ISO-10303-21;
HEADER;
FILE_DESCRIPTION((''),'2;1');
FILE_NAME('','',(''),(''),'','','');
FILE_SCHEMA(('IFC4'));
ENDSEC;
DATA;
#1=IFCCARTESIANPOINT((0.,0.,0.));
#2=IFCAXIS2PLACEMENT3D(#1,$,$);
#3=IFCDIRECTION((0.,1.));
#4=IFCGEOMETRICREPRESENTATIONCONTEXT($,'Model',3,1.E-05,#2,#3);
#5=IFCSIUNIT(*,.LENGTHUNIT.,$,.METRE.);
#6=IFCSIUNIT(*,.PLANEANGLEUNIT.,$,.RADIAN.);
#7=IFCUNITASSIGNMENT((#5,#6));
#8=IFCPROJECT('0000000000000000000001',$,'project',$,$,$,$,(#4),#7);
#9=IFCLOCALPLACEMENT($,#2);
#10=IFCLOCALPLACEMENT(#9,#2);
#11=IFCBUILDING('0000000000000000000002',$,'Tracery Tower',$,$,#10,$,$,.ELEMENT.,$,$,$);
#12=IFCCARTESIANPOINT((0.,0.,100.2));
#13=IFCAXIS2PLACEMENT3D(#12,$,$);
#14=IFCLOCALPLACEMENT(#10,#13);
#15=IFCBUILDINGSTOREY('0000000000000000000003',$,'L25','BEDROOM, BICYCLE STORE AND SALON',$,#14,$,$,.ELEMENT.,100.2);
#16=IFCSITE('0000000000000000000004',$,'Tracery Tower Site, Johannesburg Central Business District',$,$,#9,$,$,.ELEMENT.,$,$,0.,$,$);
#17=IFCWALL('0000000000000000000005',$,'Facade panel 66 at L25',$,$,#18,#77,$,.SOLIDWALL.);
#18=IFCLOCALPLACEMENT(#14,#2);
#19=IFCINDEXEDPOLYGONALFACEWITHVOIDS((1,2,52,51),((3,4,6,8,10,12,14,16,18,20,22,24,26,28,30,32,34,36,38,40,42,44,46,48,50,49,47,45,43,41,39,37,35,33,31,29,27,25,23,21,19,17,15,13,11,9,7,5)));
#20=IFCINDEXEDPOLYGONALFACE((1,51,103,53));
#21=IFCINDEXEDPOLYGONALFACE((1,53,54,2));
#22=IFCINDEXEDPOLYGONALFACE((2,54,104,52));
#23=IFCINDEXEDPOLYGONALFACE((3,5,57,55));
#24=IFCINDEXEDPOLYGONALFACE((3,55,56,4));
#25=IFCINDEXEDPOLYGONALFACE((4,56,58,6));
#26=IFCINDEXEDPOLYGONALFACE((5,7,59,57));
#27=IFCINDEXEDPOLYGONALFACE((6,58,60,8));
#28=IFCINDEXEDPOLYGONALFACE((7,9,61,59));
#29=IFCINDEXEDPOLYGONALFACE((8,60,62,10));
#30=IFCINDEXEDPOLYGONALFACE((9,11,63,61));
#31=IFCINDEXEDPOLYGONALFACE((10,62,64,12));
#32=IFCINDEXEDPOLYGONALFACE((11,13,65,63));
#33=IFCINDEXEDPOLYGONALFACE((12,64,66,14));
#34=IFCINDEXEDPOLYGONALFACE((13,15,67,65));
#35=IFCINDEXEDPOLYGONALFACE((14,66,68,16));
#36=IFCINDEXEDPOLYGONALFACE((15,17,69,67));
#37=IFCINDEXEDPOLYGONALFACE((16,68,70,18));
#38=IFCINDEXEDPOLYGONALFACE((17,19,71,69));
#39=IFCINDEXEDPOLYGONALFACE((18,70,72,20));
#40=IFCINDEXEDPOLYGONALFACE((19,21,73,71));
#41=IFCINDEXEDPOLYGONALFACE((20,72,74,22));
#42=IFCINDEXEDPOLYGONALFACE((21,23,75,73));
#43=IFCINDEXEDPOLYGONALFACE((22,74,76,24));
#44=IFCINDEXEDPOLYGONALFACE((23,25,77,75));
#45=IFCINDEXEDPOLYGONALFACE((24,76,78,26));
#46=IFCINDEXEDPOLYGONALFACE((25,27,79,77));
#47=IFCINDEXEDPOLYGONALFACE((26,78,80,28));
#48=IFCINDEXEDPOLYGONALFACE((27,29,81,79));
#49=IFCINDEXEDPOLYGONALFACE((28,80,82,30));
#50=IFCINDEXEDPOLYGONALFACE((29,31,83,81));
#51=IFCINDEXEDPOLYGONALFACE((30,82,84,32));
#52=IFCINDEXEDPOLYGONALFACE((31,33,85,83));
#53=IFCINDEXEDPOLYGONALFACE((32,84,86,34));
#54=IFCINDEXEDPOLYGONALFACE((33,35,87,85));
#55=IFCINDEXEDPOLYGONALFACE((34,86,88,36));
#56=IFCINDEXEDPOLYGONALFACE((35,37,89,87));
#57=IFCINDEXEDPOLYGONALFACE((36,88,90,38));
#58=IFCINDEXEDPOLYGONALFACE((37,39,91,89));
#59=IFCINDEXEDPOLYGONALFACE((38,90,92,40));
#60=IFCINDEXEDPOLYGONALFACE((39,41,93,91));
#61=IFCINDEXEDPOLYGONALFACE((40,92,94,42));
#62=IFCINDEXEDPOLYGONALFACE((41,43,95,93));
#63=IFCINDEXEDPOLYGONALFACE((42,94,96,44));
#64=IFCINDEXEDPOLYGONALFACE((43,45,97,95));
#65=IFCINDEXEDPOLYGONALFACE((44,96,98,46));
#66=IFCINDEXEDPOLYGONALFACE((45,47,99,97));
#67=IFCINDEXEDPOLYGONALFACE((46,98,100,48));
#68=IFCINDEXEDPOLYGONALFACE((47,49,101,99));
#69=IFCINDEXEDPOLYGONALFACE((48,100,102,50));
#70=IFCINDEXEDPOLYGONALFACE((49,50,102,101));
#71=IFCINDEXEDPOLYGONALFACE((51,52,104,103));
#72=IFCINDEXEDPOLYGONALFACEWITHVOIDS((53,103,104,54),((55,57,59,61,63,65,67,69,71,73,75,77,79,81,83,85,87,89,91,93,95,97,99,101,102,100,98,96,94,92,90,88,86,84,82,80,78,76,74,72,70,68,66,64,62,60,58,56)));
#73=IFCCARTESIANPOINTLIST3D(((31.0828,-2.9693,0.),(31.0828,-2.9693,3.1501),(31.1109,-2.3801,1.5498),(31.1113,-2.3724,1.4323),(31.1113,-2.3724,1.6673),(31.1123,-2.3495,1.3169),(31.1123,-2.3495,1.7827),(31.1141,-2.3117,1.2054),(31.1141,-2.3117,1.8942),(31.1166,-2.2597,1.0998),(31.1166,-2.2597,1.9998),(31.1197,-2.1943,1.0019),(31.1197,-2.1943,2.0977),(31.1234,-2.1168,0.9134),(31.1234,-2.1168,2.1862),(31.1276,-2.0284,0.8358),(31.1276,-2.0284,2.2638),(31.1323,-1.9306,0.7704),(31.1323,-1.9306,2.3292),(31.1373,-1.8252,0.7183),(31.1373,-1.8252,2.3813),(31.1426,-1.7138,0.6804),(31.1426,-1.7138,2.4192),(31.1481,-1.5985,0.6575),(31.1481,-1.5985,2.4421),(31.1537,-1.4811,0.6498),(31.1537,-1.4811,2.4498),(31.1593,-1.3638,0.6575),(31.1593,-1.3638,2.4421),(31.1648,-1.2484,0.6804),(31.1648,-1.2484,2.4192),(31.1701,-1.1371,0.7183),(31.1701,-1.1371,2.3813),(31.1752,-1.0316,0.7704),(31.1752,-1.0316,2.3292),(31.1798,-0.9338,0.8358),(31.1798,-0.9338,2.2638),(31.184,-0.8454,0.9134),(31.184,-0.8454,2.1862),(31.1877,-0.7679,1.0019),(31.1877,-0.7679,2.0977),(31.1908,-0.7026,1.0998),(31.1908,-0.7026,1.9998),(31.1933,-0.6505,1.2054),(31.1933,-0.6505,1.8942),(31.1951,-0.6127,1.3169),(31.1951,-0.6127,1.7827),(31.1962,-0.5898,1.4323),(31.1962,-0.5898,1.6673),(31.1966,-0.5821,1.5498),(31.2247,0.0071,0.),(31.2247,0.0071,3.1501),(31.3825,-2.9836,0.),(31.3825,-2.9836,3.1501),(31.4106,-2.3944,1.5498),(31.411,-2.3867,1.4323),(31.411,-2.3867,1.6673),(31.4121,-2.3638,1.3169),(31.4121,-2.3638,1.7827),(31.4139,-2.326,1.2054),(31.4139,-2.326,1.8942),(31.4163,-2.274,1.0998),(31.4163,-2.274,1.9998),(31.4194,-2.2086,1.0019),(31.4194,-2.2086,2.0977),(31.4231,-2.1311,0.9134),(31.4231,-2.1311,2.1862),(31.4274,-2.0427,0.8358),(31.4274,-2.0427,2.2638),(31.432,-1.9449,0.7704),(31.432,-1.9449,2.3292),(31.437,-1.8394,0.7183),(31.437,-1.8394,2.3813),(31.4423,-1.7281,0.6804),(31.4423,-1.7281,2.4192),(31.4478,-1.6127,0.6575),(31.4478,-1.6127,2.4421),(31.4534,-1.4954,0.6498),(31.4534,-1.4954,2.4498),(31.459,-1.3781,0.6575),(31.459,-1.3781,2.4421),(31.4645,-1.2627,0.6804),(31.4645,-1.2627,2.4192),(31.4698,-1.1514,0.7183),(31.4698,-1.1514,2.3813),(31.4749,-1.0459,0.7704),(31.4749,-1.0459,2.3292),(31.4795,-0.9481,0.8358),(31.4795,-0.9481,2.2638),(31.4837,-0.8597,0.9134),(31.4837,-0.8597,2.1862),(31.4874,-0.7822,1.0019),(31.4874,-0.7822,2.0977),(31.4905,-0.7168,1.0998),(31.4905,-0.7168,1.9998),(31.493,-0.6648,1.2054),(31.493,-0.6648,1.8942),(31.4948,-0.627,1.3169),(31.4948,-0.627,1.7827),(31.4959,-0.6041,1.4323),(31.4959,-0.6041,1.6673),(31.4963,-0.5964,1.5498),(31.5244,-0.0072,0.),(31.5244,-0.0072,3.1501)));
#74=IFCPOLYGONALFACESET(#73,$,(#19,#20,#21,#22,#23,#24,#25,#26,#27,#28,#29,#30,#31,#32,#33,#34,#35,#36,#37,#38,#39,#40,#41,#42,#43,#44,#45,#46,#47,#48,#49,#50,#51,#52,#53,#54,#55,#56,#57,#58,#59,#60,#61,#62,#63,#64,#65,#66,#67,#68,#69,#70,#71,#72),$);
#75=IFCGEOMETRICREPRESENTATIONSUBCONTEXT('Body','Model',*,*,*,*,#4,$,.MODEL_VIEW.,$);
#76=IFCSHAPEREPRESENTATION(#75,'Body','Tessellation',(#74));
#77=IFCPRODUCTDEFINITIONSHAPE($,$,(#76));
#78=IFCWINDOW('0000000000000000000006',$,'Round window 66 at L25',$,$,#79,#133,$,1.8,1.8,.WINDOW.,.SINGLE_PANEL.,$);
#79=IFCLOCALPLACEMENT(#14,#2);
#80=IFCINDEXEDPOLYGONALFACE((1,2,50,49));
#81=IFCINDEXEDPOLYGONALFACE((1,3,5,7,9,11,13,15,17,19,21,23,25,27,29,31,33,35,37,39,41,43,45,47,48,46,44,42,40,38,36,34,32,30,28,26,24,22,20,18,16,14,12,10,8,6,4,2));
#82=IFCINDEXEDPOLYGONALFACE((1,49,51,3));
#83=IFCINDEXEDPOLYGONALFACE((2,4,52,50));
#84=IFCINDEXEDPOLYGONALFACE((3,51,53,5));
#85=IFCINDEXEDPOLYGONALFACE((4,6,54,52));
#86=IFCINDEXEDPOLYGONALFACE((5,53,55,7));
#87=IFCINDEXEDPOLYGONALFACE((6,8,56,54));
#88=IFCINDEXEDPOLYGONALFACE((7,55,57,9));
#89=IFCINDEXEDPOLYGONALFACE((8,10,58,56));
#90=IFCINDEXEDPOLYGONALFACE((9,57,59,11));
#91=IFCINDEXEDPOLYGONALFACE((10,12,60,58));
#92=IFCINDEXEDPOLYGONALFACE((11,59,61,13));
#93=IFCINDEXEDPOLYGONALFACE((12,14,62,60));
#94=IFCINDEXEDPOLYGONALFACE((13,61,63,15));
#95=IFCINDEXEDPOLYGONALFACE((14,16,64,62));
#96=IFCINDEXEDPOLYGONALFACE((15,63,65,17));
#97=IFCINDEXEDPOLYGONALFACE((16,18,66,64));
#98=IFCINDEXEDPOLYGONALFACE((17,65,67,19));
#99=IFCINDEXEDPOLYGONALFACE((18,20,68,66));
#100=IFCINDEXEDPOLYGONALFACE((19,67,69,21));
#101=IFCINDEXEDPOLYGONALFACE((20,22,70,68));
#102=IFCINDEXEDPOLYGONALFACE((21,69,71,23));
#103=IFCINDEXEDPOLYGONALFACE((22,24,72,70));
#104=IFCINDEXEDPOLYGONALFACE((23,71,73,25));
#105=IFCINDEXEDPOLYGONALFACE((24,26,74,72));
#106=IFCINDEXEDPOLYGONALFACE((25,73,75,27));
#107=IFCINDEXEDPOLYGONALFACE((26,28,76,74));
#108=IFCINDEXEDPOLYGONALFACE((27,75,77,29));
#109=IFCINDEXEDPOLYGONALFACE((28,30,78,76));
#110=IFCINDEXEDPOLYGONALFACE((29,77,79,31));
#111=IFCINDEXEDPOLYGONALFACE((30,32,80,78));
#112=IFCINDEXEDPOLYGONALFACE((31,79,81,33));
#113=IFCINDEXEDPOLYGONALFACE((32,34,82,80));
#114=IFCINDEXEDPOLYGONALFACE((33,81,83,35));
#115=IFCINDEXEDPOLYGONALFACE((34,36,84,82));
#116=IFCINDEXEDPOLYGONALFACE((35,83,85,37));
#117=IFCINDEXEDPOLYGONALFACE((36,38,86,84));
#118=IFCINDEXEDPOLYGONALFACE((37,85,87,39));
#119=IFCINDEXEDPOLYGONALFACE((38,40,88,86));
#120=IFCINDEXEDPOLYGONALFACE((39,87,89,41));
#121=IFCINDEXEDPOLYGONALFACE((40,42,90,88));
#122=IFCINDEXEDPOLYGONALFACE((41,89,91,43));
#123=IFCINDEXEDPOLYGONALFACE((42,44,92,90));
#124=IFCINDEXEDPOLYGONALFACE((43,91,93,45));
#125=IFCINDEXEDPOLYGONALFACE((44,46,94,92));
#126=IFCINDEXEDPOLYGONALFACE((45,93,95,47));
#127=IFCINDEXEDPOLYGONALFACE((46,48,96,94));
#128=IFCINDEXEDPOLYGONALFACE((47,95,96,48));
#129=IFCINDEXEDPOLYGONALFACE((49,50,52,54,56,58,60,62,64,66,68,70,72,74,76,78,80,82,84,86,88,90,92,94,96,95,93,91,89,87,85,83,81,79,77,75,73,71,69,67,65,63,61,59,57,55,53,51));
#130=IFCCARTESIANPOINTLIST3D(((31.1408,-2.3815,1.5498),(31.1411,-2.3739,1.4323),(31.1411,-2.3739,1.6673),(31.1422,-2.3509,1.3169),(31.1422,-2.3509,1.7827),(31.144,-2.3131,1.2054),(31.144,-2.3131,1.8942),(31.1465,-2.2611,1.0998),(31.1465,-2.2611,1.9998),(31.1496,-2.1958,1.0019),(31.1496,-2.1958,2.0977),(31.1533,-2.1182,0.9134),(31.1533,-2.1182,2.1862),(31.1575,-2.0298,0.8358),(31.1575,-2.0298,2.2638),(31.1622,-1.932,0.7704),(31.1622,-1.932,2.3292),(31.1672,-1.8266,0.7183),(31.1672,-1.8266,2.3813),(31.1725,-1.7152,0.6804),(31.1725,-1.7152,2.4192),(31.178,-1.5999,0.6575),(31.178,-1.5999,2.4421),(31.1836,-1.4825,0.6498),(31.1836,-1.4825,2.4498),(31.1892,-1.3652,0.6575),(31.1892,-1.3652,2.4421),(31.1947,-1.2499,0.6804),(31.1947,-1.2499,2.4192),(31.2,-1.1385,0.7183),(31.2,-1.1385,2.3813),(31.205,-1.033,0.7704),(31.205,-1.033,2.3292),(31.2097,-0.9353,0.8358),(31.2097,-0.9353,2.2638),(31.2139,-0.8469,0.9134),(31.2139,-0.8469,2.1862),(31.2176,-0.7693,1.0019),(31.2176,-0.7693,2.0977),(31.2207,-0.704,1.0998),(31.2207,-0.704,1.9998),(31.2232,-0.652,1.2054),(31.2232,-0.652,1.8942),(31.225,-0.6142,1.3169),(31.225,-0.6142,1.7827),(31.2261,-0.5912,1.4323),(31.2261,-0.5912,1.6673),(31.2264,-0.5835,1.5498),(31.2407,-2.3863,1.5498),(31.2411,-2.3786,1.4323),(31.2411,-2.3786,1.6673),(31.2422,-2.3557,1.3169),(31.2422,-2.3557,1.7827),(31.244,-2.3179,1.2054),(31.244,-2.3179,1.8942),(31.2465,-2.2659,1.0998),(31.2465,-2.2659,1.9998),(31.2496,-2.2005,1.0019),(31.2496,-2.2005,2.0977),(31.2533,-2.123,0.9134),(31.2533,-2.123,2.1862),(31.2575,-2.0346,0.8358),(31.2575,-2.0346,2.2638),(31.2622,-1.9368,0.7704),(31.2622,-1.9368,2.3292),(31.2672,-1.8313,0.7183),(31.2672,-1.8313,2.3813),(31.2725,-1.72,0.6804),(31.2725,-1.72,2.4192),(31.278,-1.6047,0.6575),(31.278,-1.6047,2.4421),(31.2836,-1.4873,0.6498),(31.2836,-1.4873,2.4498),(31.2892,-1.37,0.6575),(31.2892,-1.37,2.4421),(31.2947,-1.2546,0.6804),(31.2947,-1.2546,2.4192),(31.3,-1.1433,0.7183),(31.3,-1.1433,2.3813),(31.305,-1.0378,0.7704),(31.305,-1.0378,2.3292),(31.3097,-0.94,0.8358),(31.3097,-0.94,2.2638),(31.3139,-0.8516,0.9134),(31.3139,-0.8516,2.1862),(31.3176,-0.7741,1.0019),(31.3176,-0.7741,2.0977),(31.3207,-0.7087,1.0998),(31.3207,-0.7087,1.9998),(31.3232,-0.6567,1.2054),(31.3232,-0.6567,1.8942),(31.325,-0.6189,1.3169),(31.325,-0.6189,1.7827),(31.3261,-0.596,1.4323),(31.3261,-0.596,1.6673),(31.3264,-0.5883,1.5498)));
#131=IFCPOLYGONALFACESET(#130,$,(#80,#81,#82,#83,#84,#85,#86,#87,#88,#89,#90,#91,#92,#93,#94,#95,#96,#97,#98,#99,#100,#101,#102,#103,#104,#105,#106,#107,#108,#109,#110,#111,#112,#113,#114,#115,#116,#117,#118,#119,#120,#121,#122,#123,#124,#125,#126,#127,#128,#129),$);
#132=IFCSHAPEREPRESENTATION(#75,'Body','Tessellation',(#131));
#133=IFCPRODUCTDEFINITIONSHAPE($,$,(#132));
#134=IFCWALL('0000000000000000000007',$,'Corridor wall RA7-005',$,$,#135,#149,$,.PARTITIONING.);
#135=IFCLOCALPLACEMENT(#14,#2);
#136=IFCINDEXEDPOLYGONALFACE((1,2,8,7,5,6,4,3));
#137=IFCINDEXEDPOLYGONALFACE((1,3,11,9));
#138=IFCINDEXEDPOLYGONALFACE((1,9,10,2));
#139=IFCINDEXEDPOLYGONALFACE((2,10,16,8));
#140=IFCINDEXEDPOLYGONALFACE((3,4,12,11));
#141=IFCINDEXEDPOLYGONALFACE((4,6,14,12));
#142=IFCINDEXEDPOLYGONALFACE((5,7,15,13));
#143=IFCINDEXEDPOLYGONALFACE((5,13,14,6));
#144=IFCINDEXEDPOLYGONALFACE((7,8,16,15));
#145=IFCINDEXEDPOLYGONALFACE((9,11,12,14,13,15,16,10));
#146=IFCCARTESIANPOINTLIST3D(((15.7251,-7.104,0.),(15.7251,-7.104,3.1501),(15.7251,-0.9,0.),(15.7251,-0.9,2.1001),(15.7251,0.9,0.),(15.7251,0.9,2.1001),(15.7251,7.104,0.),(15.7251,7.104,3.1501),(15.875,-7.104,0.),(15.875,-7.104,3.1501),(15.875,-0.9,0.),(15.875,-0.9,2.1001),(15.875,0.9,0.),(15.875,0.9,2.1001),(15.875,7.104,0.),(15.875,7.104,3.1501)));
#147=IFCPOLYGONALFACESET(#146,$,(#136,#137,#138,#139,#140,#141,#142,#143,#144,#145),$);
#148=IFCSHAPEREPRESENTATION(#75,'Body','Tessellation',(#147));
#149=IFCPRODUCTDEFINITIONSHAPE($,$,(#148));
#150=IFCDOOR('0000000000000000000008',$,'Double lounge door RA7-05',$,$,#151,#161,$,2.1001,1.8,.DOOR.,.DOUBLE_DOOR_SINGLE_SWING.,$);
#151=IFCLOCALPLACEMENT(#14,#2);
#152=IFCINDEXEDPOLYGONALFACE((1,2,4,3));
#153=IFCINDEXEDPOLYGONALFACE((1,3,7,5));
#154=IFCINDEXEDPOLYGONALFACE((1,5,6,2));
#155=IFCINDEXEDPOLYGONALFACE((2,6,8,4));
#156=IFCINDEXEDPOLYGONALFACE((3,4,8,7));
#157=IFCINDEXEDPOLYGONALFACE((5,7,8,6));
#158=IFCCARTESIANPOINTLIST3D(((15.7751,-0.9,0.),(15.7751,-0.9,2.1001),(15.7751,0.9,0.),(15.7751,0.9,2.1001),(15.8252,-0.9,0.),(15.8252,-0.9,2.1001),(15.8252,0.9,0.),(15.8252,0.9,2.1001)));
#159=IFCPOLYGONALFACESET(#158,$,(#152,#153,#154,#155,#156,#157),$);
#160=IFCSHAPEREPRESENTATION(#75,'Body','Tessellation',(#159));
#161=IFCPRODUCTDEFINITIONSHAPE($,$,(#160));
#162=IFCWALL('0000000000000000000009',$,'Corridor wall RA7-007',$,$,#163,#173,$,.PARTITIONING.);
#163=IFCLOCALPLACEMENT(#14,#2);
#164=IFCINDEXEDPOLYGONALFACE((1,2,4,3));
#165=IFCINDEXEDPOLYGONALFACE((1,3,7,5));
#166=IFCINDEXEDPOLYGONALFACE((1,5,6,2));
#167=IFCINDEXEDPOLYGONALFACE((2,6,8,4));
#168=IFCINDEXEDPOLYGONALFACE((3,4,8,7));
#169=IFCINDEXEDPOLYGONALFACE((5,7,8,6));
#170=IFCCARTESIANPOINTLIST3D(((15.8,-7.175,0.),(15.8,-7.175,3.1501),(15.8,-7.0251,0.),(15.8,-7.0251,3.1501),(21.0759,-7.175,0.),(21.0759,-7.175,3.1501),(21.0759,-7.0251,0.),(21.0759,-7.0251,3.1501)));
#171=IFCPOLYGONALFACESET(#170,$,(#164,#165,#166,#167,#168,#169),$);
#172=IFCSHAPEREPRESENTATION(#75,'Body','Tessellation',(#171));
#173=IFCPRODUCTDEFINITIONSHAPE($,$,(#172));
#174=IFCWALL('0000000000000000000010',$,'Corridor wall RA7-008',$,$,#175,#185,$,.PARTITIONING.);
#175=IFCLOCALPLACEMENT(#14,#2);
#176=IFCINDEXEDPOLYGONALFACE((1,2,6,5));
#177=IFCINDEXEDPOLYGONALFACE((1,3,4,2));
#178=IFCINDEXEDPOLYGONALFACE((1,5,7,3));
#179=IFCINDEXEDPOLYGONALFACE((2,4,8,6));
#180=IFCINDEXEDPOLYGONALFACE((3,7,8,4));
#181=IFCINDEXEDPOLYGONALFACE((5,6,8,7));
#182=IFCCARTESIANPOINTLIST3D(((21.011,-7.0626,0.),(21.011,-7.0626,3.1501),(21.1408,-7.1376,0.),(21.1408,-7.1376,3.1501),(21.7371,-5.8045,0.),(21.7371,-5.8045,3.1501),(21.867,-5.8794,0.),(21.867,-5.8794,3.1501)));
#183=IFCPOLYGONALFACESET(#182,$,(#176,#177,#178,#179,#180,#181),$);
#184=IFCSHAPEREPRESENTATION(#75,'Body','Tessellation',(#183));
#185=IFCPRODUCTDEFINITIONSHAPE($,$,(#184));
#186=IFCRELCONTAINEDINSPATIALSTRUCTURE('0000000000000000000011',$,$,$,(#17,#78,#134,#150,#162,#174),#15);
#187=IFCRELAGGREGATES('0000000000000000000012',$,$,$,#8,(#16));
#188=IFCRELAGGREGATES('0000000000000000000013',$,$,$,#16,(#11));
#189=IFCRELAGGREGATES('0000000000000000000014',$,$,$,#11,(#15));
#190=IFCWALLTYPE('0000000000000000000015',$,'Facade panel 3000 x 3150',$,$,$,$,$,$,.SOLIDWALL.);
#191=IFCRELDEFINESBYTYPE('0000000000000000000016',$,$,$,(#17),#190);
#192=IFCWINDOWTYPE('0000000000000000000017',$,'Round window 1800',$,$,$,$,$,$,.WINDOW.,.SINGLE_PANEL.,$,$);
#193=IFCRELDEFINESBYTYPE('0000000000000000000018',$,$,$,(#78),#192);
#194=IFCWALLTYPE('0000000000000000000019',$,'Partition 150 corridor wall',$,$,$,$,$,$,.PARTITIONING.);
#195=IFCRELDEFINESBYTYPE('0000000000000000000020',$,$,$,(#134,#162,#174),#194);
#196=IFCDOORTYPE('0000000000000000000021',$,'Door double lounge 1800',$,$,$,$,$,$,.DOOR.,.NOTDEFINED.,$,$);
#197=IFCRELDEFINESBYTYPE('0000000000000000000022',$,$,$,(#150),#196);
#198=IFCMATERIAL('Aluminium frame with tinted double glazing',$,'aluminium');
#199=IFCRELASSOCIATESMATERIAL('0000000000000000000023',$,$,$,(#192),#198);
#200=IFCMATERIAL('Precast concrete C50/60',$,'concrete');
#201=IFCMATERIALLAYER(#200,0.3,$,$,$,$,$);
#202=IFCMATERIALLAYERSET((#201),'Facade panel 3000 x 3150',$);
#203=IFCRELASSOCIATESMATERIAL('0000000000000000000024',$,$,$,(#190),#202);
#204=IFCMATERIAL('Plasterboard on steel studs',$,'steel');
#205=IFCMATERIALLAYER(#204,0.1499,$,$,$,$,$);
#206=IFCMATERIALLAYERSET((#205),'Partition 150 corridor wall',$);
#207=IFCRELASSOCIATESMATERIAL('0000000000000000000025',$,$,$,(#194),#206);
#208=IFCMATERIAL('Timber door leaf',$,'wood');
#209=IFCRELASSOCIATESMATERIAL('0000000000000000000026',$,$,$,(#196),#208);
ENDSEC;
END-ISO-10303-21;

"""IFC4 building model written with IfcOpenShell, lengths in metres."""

from ifc_helpers import new_model, si_unit, direction, frame, frame_2d, origin, origin_2d, place, context, subcontext, project, spatial, rectangle, circle, extrude, material, layer, layer_set, type_object, element, fill, save


model = new_model("IFC4")

# Units and contexts
model_context = context("Model", 3, precision=1e-05, world=origin(), true_north=direction((0.0, 1.0)))
body_context = subcontext(model_context, "Body", "Model", "MODEL_VIEW")
ifc_project = project(units=[si_unit("LENGTHUNIT", "METRE"), si_unit("PLANEANGLEUNIT", "RADIAN")], contexts=[model_context])

# Site, building, storey
site_placement = place(None, origin())
site = spatial("IfcSite", under=ifc_project, at=site_placement, Name="Tracery Tower Site, Johannesburg Central Business District", CompositionType="ELEMENT", RefElevation=0.0)
building_placement = place(site_placement, origin())
building = spatial("IfcBuilding", under=site, at=building_placement, Name="Tracery Tower", CompositionType="ELEMENT")
storey_placement = place(building_placement, frame((0.0, 0.0, 100.2)))
storey = spatial("IfcBuildingStorey", under=building, at=storey_placement, Name="L25", Description="BEDROOM, BICYCLE STORE AND SALON", CompositionType="ELEMENT", Elevation=100.2)

# Wall, opening, window
ifc_material_1 = material(Name="Aluminium frame with tinted double glazing", Category="aluminium")
window_type = type_object("IfcWindowType", Name="Round window 1800", PartitioningType="SINGLE_PANEL", PredefinedType="WINDOW", material=ifc_material_1)
ifc_material_2 = material(Name="Precast concrete C50/60", Category="concrete")
ifc_layer_1 = layer(ifc_material_2, 0.3)
ifc_layer_set_1 = layer_set([ifc_layer_1], Name="Facade panel 3000 x 3150")
wall_type_1 = type_object("IfcWallType", Name="Facade panel 3000 x 3150", PredefinedType="SOLIDWALL", material=ifc_layer_set_1)
wall_1_placement = place(storey_placement, frame((31.2327, -2.9763, 0.0), z_axis=(0.0, 0.0, 1.0), x_axis=(0.047604, 0.998866, 0.0)))
wall_1 = element("IfcWall", 1, at=wall_1_placement, inside=storey, type_object=wall_type_1, Name="Facade panel 66 at L25", PredefinedType="SOLIDWALL", context=body_context, shape_type="SweptSolid", body=[
    extrude(rectangle(XDim=2.9797, YDim=0.3, at=frame_2d((1.4897, 0.0))), origin(), (0.0, 0.0, 1.0), 3.1501),
])
opening_1_placement = place(wall_1_placement, frame((1.4897, 0.0, 1.5498)))
opening_1 = element("IfcOpeningElement", 2, at=opening_1_placement, cuts=wall_1, PredefinedType="OPENING", context=body_context, shape_type="SweptSolid", body=[
    extrude(circle(Radius=0.9, at=origin_2d()), frame((0.0, 0.1599, 0.0), z_axis=(0.0, -1.0, 0.0), x_axis=(1.0, 0.0, 0.0)), (0.0, 0.0, 1.0), 0.3201),
])
window_1_placement = place(opening_1_placement, origin())
window_1 = element("IfcWindow", 3, at=window_1_placement, inside=storey, type_object=window_type, Name="Round window 66 at L25", OverallHeight=1.8, OverallWidth=1.8, PartitioningType="SINGLE_PANEL", PredefinedType="WINDOW", context=body_context, shape_type="SweptSolid", body=[
    extrude(circle(Radius=0.9, at=origin_2d()), frame((0.0, 0.1201, 0.0), z_axis=(0.0, -1.0, 0.0), x_axis=(1.0, 0.0, 0.0)), (0.0, 0.0, 1.0), 0.1001),
])
fill(opening_1, window_1)

# Wall, opening, door
ifc_material_3 = material(Name="Plasterboard on steel studs", Category="steel")
ifc_layer_2 = layer(ifc_material_3, 0.1499)
ifc_layer_set_2 = layer_set([ifc_layer_2], Name="Partition 150 corridor wall")
wall_type_2 = type_object("IfcWallType", Name="Partition 150 corridor wall", PredefinedType="PARTITIONING", material=ifc_layer_set_2)
wall_2_placement = place(storey_placement, frame((15.8, -7.104, 0.0), z_axis=(0.0, 0.0, 1.0), x_axis=(0.0, 1.0, 0.0)))
wall_2 = element("IfcWall", 4, at=wall_2_placement, inside=storey, type_object=wall_type_2, Name="Corridor wall RA7-005", PredefinedType="PARTITIONING", context=body_context, shape_type="SweptSolid", body=[
    extrude(rectangle(XDim=14.208, YDim=0.1499, at=frame_2d((7.104, 0.0))), origin(), (0.0, 0.0, 1.0), 3.1501),
])
opening_2_placement = place(wall_2_placement, frame((6.2041, 0.0, 0.0)))
opening_2 = element("IfcOpeningElement", 5, at=opening_2_placement, cuts=wall_2, PredefinedType="OPENING", context=body_context, shape_type="SweptSolid", body=[
    extrude(rectangle(XDim=1.8, YDim=2.1001, at=frame_2d((0.8999, 1.05))), frame((0.0, 0.075, 0.0), z_axis=(0.0, -1.0, 0.0), x_axis=(1.0, 0.0, 0.0)), (0.0, 0.0, 1.0), 0.1499),
])
ifc_material_4 = material(Name="Timber door leaf", Category="wood")
door_type_1 = type_object("IfcDoorType", Name="Door double lounge 1800", OperationType="NOTDEFINED", PredefinedType="DOOR", material=ifc_material_4)
door_1_placement = place(opening_2_placement, origin())
door_1 = element("IfcDoor", 6, at=door_1_placement, inside=storey, type_object=door_type_1, Name="Double lounge door RA7-05", OperationType="DOUBLE_DOOR_SINGLE_SWING", OverallHeight=2.1001, OverallWidth=1.8, PredefinedType="DOOR", context=body_context, shape_type="SweptSolid", body=[
    extrude(rectangle(XDim=1.8, YDim=2.1001, at=frame_2d((0.8999, 1.05))), frame((0.0, 0.0249, 0.0), z_axis=(0.0, -1.0, 0.0), x_axis=(1.0, 0.0, 0.0)), (0.0, 0.0, 1.0), 0.05),
])
fill(opening_2, door_1)

# Walls
wall_3_placement = place(storey_placement, frame((15.8, -7.1001, 0.0), z_axis=(0.0, 0.0, 1.0), x_axis=(1.0, 0.0, 0.0)))
element("IfcWall", 7, at=wall_3_placement, inside=storey, type_object=wall_type_2, Name="Corridor wall RA7-007", PredefinedType="PARTITIONING", context=body_context, shape_type="SweptSolid", body=[
    extrude(rectangle(XDim=5.2759, YDim=0.1499, at=frame_2d((2.6379, 0.0))), origin(), (0.0, 0.0, 1.0), 3.1501),
])
wall_4_placement = place(storey_placement, frame((21.0759, -7.1001, 0.0), z_axis=(0.0, 0.0, 1.0), x_axis=(0.499863, 0.866104, 0.0)))
element("IfcWall", 8, at=wall_4_placement, inside=storey, type_object=wall_type_2, Name="Corridor wall RA7-008", PredefinedType="PARTITIONING", context=body_context, shape_type="SweptSolid", body=[
    extrude(rectangle(XDim=1.4526, YDim=0.1499, at=frame_2d((0.7263, 0.0))), origin(), (0.0, 0.0, 1.0), 3.1501),
])

save(model, "model.ifc")
